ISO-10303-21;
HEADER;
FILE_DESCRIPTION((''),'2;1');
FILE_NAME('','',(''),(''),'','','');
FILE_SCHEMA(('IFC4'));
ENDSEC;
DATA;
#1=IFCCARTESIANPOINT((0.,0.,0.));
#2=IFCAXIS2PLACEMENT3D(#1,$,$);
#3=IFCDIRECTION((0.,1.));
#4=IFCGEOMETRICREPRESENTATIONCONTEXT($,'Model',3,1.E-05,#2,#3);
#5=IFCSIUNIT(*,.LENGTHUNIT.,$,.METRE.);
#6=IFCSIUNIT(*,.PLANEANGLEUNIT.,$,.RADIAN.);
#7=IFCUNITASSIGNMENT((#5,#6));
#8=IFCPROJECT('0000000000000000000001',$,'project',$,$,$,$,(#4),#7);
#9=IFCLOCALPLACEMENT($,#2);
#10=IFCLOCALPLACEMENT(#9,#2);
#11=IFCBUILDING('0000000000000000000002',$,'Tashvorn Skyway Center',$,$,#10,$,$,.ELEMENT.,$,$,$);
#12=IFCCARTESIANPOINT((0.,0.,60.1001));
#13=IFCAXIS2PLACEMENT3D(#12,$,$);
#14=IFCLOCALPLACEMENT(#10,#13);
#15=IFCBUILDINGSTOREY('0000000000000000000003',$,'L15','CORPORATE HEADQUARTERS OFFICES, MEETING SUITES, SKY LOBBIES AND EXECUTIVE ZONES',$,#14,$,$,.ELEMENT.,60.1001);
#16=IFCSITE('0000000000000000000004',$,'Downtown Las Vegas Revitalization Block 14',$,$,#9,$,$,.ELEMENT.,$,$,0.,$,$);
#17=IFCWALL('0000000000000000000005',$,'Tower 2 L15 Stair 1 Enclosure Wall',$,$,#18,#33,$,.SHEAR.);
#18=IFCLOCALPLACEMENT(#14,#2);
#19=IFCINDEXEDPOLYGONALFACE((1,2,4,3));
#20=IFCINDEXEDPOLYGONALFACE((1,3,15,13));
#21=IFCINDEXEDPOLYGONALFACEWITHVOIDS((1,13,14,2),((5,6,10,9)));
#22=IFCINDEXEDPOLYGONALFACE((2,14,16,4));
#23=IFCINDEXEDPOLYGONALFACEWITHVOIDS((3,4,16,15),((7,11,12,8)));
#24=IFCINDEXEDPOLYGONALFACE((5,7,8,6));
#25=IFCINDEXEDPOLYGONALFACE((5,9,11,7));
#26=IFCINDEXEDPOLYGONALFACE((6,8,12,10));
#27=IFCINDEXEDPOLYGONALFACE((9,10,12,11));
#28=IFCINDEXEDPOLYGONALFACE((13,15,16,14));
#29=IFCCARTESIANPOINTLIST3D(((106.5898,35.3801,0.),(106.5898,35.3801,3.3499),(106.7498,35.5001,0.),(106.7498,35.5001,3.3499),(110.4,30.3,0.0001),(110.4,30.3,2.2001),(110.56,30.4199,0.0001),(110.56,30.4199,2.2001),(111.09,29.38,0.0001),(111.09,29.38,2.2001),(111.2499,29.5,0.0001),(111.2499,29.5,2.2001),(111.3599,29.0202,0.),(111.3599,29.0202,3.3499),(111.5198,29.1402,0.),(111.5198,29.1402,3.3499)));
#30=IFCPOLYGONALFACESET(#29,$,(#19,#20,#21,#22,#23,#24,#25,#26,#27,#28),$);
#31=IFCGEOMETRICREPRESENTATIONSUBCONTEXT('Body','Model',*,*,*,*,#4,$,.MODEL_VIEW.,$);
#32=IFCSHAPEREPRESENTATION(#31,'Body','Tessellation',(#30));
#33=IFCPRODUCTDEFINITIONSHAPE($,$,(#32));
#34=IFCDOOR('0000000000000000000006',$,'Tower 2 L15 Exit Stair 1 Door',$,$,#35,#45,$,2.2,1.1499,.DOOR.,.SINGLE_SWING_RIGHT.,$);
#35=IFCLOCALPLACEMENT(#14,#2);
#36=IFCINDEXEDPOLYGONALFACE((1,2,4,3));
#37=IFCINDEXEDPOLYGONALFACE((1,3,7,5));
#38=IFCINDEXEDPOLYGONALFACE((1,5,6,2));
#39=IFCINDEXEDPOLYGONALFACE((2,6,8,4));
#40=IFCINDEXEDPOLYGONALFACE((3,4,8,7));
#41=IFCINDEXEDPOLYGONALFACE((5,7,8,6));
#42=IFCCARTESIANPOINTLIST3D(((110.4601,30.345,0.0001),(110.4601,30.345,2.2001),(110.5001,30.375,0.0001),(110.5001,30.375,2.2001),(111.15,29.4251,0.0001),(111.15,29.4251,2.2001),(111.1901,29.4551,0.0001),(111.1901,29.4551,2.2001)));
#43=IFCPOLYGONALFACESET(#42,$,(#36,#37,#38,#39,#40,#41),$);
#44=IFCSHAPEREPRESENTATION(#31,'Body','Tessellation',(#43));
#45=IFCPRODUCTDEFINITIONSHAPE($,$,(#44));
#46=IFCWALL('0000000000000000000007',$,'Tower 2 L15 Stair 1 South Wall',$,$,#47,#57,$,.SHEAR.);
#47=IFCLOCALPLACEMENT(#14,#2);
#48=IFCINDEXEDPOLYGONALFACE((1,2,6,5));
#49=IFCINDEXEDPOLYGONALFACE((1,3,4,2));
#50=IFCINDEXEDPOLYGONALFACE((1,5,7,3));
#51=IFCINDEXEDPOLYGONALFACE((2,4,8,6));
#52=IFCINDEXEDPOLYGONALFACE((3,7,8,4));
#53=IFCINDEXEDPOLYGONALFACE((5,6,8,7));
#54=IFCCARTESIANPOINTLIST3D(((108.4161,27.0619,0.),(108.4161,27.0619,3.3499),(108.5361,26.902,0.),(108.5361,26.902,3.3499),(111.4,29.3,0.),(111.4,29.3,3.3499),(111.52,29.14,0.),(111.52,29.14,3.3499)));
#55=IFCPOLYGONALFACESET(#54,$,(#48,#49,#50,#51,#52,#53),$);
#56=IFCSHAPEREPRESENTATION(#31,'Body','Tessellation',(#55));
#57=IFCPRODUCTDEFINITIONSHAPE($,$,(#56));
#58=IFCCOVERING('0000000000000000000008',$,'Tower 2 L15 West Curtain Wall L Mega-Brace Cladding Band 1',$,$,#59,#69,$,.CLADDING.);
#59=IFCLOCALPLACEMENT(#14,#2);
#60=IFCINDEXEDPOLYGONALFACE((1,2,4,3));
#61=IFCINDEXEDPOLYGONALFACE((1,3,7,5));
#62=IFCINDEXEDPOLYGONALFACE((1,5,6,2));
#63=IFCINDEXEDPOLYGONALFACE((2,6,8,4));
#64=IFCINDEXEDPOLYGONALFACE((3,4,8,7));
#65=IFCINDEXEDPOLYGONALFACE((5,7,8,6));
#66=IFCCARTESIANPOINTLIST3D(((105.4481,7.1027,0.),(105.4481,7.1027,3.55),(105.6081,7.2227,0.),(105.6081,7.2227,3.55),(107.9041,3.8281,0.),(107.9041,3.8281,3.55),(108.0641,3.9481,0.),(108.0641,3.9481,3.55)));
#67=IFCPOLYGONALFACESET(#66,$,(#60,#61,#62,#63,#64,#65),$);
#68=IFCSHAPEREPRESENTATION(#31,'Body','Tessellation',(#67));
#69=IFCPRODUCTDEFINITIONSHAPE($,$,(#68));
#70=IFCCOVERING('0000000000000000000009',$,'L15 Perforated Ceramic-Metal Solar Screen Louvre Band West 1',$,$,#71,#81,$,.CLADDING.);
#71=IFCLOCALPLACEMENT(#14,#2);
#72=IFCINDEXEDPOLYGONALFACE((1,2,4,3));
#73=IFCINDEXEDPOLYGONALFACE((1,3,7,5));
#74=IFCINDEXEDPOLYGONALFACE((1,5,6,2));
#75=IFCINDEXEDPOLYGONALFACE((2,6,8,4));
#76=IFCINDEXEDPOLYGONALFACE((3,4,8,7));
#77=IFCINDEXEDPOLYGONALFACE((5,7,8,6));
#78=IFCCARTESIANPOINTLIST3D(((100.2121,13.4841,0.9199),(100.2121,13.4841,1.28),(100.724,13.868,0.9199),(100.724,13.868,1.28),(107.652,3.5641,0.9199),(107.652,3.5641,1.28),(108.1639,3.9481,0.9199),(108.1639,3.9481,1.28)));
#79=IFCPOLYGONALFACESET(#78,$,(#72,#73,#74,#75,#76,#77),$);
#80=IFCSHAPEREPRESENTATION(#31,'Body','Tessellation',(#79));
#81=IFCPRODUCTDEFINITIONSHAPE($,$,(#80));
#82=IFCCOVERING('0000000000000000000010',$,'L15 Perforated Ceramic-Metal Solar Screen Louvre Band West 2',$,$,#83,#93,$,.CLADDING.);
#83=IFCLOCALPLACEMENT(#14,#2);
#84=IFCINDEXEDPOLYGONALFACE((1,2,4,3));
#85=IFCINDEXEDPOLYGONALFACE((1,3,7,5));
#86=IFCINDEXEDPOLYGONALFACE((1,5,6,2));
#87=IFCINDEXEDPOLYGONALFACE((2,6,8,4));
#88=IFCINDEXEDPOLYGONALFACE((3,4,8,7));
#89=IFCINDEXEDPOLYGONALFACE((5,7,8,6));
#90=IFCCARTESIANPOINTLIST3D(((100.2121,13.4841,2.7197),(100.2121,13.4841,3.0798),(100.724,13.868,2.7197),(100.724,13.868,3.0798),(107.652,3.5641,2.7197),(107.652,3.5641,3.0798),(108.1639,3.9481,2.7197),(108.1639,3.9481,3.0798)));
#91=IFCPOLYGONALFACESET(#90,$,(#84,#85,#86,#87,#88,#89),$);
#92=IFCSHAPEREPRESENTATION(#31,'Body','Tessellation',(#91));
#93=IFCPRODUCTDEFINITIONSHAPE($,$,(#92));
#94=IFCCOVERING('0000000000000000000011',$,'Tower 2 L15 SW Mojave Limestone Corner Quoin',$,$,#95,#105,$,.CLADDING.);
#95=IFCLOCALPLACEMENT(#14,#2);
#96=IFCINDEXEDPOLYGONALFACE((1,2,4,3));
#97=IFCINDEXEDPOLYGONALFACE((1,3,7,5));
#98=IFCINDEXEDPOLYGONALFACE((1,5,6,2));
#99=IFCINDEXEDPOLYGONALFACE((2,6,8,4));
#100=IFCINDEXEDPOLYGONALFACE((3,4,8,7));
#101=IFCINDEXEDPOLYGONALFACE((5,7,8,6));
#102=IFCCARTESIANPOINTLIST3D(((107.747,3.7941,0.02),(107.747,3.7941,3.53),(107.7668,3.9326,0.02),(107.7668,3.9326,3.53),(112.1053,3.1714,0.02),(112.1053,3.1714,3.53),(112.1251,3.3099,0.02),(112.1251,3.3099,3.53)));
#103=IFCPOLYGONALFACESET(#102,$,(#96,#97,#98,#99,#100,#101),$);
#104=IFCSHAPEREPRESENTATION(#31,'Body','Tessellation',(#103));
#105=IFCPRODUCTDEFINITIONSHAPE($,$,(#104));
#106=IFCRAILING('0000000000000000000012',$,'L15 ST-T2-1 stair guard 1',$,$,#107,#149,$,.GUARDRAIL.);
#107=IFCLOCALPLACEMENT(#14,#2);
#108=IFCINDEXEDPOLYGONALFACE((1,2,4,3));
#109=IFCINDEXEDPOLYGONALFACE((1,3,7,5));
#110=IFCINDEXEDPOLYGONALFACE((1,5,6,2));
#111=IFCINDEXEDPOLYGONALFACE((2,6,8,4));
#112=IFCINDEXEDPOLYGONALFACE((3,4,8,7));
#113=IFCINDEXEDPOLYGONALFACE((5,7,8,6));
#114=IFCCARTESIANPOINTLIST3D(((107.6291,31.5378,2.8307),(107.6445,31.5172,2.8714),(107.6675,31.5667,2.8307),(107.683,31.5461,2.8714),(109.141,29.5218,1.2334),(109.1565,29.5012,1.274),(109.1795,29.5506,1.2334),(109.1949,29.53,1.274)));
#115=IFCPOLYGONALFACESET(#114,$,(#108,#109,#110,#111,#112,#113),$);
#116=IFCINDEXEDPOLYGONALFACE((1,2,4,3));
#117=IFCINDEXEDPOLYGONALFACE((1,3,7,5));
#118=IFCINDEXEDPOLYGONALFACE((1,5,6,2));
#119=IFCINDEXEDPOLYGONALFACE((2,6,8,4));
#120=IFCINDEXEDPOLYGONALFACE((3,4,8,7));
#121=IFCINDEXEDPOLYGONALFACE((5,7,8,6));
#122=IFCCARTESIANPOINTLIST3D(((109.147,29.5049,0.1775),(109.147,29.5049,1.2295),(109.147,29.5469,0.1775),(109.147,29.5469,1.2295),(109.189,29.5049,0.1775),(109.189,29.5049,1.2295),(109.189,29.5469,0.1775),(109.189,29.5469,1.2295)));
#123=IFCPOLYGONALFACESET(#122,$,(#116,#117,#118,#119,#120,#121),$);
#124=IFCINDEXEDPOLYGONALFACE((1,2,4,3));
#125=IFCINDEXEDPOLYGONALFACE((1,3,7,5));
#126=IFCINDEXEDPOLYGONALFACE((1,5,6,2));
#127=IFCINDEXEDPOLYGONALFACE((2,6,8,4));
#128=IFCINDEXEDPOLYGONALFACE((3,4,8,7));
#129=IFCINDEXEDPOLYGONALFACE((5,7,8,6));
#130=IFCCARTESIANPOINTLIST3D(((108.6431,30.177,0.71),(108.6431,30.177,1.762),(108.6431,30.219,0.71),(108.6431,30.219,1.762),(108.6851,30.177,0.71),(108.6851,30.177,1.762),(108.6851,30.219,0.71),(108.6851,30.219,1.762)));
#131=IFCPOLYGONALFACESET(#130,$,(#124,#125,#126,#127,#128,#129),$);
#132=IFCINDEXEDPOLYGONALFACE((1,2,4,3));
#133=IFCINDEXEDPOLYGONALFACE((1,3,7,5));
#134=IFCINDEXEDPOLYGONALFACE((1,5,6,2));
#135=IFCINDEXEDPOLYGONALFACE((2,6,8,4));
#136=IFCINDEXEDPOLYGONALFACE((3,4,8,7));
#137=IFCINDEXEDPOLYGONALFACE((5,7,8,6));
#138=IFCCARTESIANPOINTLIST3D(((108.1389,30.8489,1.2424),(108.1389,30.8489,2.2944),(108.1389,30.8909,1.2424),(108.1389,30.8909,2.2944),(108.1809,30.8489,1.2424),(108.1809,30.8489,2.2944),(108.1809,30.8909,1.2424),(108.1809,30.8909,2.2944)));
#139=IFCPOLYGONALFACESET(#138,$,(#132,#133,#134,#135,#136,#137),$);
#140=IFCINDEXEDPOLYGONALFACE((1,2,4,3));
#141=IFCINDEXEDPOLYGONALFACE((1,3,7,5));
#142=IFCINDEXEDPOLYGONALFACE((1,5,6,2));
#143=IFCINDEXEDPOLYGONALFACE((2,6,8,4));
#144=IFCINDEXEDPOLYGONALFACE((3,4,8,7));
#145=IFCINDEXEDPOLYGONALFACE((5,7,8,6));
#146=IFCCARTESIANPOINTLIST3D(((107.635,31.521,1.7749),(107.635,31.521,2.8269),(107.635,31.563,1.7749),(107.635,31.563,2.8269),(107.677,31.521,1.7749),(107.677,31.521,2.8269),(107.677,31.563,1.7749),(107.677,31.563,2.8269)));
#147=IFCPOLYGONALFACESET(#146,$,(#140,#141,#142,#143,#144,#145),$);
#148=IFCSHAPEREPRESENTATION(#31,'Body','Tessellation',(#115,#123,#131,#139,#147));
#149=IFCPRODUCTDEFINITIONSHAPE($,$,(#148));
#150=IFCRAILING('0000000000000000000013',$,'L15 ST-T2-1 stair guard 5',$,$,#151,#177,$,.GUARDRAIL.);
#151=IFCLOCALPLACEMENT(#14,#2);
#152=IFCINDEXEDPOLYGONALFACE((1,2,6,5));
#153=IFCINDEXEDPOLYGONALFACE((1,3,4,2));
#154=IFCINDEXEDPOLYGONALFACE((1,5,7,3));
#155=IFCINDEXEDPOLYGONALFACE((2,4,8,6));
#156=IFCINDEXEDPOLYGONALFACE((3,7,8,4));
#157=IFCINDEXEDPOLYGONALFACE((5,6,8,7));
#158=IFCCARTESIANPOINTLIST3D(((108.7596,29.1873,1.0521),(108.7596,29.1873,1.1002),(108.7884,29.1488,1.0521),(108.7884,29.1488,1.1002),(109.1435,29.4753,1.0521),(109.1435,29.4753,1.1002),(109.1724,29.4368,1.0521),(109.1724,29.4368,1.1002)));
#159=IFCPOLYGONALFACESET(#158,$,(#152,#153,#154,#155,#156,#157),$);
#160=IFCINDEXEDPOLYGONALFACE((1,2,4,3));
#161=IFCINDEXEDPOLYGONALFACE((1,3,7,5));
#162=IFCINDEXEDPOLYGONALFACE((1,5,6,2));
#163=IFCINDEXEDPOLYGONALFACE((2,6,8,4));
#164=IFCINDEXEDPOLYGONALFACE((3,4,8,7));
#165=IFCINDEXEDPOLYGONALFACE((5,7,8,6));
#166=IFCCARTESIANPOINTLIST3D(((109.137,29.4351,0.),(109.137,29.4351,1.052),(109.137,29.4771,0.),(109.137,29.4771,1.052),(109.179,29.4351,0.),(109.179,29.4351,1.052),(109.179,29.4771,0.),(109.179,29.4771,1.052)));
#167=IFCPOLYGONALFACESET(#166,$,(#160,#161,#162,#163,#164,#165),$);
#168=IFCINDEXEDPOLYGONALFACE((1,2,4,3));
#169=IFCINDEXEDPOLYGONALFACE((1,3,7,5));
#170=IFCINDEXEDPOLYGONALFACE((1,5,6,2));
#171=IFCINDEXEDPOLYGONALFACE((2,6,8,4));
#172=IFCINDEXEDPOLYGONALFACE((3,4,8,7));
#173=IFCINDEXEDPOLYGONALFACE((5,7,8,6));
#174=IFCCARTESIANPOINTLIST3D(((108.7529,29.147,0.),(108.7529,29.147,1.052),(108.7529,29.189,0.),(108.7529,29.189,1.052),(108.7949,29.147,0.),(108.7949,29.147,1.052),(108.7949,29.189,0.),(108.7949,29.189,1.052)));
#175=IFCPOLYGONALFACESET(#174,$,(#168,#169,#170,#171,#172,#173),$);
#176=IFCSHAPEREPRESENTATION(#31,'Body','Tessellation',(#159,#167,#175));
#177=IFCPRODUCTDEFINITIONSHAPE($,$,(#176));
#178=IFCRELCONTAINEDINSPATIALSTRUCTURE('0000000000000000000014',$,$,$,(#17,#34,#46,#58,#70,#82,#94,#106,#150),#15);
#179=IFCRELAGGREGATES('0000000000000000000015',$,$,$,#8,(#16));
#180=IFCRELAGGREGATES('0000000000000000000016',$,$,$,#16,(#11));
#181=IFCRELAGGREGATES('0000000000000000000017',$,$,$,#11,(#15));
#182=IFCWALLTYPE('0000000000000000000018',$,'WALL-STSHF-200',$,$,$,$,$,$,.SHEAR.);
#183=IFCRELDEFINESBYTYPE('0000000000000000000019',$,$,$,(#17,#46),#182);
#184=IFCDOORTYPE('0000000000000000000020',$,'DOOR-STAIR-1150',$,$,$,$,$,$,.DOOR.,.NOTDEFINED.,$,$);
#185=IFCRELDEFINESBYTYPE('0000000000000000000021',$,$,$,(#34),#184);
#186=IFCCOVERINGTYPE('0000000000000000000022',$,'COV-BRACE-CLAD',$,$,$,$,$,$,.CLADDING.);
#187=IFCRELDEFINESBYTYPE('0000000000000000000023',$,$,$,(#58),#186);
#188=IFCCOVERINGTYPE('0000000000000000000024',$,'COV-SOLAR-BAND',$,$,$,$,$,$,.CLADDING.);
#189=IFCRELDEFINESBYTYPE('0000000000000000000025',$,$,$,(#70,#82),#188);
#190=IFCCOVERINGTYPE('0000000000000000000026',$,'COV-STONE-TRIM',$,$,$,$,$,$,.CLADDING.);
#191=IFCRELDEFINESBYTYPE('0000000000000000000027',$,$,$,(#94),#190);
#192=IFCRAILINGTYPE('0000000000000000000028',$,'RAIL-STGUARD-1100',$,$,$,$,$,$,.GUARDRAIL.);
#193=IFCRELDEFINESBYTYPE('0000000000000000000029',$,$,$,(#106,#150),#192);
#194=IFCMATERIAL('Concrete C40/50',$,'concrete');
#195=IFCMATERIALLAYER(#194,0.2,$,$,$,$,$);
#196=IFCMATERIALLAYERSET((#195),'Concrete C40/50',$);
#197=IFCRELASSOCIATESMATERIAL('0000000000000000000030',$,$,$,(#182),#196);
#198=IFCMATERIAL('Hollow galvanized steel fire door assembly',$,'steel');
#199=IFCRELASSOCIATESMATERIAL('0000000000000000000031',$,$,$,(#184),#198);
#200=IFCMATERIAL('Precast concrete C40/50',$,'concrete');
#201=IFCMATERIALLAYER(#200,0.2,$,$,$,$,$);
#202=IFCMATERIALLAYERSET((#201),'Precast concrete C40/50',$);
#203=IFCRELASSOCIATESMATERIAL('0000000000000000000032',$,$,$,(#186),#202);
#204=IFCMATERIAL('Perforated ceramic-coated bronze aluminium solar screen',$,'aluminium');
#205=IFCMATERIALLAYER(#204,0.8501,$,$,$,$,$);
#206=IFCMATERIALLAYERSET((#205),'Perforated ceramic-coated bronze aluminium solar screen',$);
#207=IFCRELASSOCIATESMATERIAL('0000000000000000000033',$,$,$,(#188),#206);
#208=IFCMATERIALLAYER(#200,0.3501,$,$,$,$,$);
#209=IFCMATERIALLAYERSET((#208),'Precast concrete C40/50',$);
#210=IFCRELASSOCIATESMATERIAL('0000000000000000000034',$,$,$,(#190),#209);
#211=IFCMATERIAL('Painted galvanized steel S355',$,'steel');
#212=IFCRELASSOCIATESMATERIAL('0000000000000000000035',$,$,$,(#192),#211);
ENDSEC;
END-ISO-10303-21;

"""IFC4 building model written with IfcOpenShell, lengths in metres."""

from ifc_helpers import new_model, si_unit, direction, frame, frame_2d, origin, origin_2d, place, context, subcontext, project, spatial, rectangle, extrude, material, layer, layer_set, type_object, element, fill, save


model = new_model("IFC4")

# Units and contexts
model_context = context("Model", 3, precision=1e-05, world=origin(), true_north=direction((0.0, 1.0)))
body_context = subcontext(model_context, "Body", "Model", "MODEL_VIEW")
ifc_project = project(units=[si_unit("LENGTHUNIT", "METRE"), si_unit("PLANEANGLEUNIT", "RADIAN")], contexts=[model_context])

# Site, building, storey
site_placement = place(None, origin())
site = spatial("IfcSite", under=ifc_project, at=site_placement, Name="Downtown Las Vegas Revitalization Block 14", CompositionType="ELEMENT", RefElevation=0.0)
building_placement = place(site_placement, origin())
building = spatial("IfcBuilding", under=site, at=building_placement, Name="Tashvorn Skyway Center", CompositionType="ELEMENT")
storey_placement = place(building_placement, frame((0.0, 0.0, 60.1001)))
storey = spatial("IfcBuildingStorey", under=building, at=storey_placement, Name="L15", Description="CORPORATE HEADQUARTERS OFFICES, MEETING SUITES, SKY LOBBIES AND EXECUTIVE ZONES", CompositionType="ELEMENT", Elevation=60.1001)

# Shared definitions
ifc_material_1 = material(Name="Precast concrete C40/50", Category="concrete")

# Shared definitions
ifc_material_2 = material(Name="Concrete C40/50", Category="concrete")

# Wall, opening, door
ifc_layer_1 = layer(ifc_material_2, 0.2)
ifc_layer_set_1 = layer_set([ifc_layer_1], Name="Concrete C40/50")
wall_type_1 = type_object("IfcWallType", Name="WALL-STSHF-200", PredefinedType="SHEAR", material=ifc_layer_set_1)
wall_1_placement = place(storey_placement, frame((111.4399, 29.0801, 0.0), z_axis=(0.0, 0.0, 1.0), x_axis=(-0.60001, 0.799993, 0.0)))
wall_1 = element("IfcWall", 1, at=wall_1_placement, inside=storey, type_object=wall_type_1, Name="Tower 2 L15 Stair 1 Enclosure Wall", PredefinedType="SHEAR", context=body_context, shape_type="SweptSolid", body=[
    extrude(rectangle(XDim=7.95, YDim=0.2, at=frame_2d((3.9751, 0.0))), origin(), (0.0, 0.0, 1.0), 3.3499),
])
opening_1_placement = place(wall_1_placement, frame((0.45, 0.0, 0.0)))
opening_1 = element("IfcOpeningElement", 2, at=opening_1_placement, cuts=wall_1, PredefinedType="OPENING", context=body_context, shape_type="SweptSolid", body=[
    extrude(rectangle(XDim=1.1499, YDim=2.2, at=frame_2d((0.575, 1.1001))), frame((0.0, 0.1099, 0.0), z_axis=(0.0, -1.0, 0.0), x_axis=(1.0, 0.0, 0.0)), (0.0, 0.0, 1.0), 0.22),
])
ifc_material_3 = material(Name="Hollow galvanized steel fire door assembly", Category="steel")
door_type_1 = type_object("IfcDoorType", Name="DOOR-STAIR-1150", OperationType="NOTDEFINED", PredefinedType="DOOR", material=ifc_material_3)
door_1_placement = place(opening_1_placement, origin())
door_1 = element("IfcDoor", 3, at=door_1_placement, inside=storey, type_object=door_type_1, Name="Tower 2 L15 Exit Stair 1 Door", OperationType="SINGLE_SWING_RIGHT", OverallHeight=2.2, OverallWidth=1.1499, PredefinedType="DOOR", context=body_context, shape_type="SweptSolid", body=[
    extrude(rectangle(XDim=1.1499, YDim=2.2, at=frame_2d((0.575, 1.1001))), frame((0.0, 0.0249, 0.0), z_axis=(0.0, -1.0, 0.0), x_axis=(1.0, 0.0, 0.0)), (0.0, 0.0, 1.0), 0.05),
])
fill(opening_1, door_1)

# Wall
wall_2_placement = place(storey_placement, frame((108.4761, 26.9819, 0.0), z_axis=(0.0, 0.0, 1.0), x_axis=(0.799984, 0.600021, 0.0)))
element("IfcWall", 4, at=wall_2_placement, inside=storey, type_object=wall_type_1, Name="Tower 2 L15 Stair 1 South Wall", PredefinedType="SHEAR", context=body_context, shape_type="SweptSolid", body=[
    extrude(rectangle(XDim=3.73, YDim=0.2, at=frame_2d((1.865, 0.0))), origin(), (0.0, 0.0, 1.0), 3.3499),
])

# Coverings
ifc_layer_2 = layer(ifc_material_1, 0.2)
ifc_layer_set_2 = layer_set([ifc_layer_2], Name="Precast concrete C40/50")
covering_type_1 = type_object("IfcCoveringType", Name="COV-BRACE-CLAD", PredefinedType="CLADDING", material=ifc_layer_set_2)
covering_1_placement = place(storey_placement, frame((106.7561, 5.5254, 0.0), z_axis=(0.0, 0.0, 1.0), x_axis=(-0.6, 0.8, 0.0)))
element("IfcCovering", 5, at=covering_1_placement, inside=storey, type_object=covering_type_1, Name="Tower 2 L15 West Curtain Wall L Mega-Brace Cladding Band 1", PredefinedType="CLADDING", context=body_context, shape_type="SweptSolid", body=[
    extrude(rectangle(XDim=4.0933, YDim=0.2, at=origin_2d()), origin(), (0.0, 0.0, 1.0), 3.55),
])
ifc_material_4 = material(Name="Perforated ceramic-coated bronze aluminium solar screen", Category="aluminium")
ifc_layer_3 = layer(ifc_material_4, 0.8501)
ifc_layer_set_3 = layer_set([ifc_layer_3], Name="Perforated ceramic-coated bronze aluminium solar screen")
covering_type_2 = type_object("IfcCoveringType", Name="COV-SOLAR-BAND", PredefinedType="CLADDING", material=ifc_layer_set_3)
for number, where, z_axis, x_axis, name in (
    (6, (104.188, 8.7161, 0.9199), (0.0, 0.0, 1.0), (-0.6, 0.8, 0.0), "L15 Perforated Ceramic-Metal Solar Screen Louvre Band West 1"),
    (7, (104.188, 8.7161, 2.7197), (0.0, 0.0, 1.0), (-0.6, 0.8, 0.0), "L15 Perforated Ceramic-Metal Solar Screen Louvre Band West 2"),
):
    element("IfcCovering", number, at=place(storey_placement, frame(where, z_axis=z_axis, x_axis=x_axis)), inside=storey, type_object=covering_type_2, Name=name, PredefinedType="CLADDING", context=body_context, shape_type="SweptSolid", body=[
        extrude(rectangle(XDim=12.3999, YDim=0.6399, at=origin_2d()), origin(), (0.0, 0.0, 1.0), 0.3601),
    ])
ifc_layer_4 = layer(ifc_material_1, 0.3501)
ifc_layer_set_4 = layer_set([ifc_layer_4], Name="Precast concrete C40/50")
covering_type_3 = type_object("IfcCoveringType", Name="COV-STONE-TRIM", PredefinedType="CLADDING", material=ifc_layer_set_4)
covering_2_placement = place(storey_placement, frame((109.936, 3.552, 0.02), z_axis=(0.0, 0.0, 1.0), x_axis=(-0.989949, 0.141421, 0.0)))
element("IfcCovering", 8, at=covering_2_placement, inside=storey, type_object=covering_type_3, Name="Tower 2 L15 SW Mojave Limestone Corner Quoin", PredefinedType="CLADDING", context=body_context, shape_type="SweptSolid", body=[
    extrude(rectangle(XDim=4.4026, YDim=0.1399, at=origin_2d()), origin(), (0.0, 0.0, 1.0), 3.51),
])

# Railings
ifc_material_5 = material(Name="Painted galvanized steel S355", Category="steel")
railing_type = type_object("IfcRailingType", Name="RAIL-STGUARD-1100", PredefinedType="GUARDRAIL", material=ifc_material_5)
railing_1_placement = place(storey_placement, frame((109.168, 29.5259, 0.1775)))
element("IfcRailing", 9, at=railing_1_placement, inside=storey, type_object=railing_type, Name="L15 ST-T2-1 stair guard 1", PredefinedType="GUARDRAIL", context=body_context, shape_type="SweptSolid", body=[
    extrude(rectangle(XDim=0.0481, YDim=0.0481, at=origin_2d()), frame((0.0, 0.0, 1.0762), z_axis=(-0.506741, 0.675709, 0.535379), x_axis=(-0.800023, -0.599969, 0.0)), (0.0, 0.0, 1.0), 2.9836),
    extrude(rectangle(XDim=0.042, YDim=0.042, at=origin_2d()), origin(), (0.0, 0.0, 1.0), 1.052),
    extrude(rectangle(XDim=0.042, YDim=0.042, at=origin_2d()), frame((-0.5039, 0.6721, 0.5325)), (0.0, 0.0, 1.0), 1.052),
    extrude(rectangle(XDim=0.042, YDim=0.042, at=origin_2d()), frame((-1.0081, 1.344, 1.0649)), (0.0, 0.0, 1.0), 1.052),
    extrude(rectangle(XDim=0.042, YDim=0.042, at=origin_2d()), frame((-1.512, 2.0161, 1.5974)), (0.0, 0.0, 1.0), 1.052),
])
railing_2_placement = place(storey_placement, frame((109.158, 29.4561, 0.0)))
element("IfcRailing", 10, at=railing_2_placement, inside=storey, type_object=railing_type, Name="L15 ST-T2-1 stair guard 5", PredefinedType="GUARDRAIL", context=body_context, shape_type="SweptSolid", body=[
    extrude(rectangle(XDim=0.0481, YDim=0.0481, at=origin_2d()), frame((0.0, 0.0, 1.0762), z_axis=(-0.799939, -0.600081, 0.0), x_axis=(0.600081, -0.799939, 0.0)), (0.0, 0.0, 1.0), 0.48),
    extrude(rectangle(XDim=0.042, YDim=0.042, at=origin_2d()), origin(), (0.0, 0.0, 1.0), 1.052),
    extrude(rectangle(XDim=0.042, YDim=0.042, at=origin_2d()), frame((-0.384, -0.2881, 0.0)), (0.0, 0.0, 1.0), 1.052),
])

save(model, "model.ifc")
